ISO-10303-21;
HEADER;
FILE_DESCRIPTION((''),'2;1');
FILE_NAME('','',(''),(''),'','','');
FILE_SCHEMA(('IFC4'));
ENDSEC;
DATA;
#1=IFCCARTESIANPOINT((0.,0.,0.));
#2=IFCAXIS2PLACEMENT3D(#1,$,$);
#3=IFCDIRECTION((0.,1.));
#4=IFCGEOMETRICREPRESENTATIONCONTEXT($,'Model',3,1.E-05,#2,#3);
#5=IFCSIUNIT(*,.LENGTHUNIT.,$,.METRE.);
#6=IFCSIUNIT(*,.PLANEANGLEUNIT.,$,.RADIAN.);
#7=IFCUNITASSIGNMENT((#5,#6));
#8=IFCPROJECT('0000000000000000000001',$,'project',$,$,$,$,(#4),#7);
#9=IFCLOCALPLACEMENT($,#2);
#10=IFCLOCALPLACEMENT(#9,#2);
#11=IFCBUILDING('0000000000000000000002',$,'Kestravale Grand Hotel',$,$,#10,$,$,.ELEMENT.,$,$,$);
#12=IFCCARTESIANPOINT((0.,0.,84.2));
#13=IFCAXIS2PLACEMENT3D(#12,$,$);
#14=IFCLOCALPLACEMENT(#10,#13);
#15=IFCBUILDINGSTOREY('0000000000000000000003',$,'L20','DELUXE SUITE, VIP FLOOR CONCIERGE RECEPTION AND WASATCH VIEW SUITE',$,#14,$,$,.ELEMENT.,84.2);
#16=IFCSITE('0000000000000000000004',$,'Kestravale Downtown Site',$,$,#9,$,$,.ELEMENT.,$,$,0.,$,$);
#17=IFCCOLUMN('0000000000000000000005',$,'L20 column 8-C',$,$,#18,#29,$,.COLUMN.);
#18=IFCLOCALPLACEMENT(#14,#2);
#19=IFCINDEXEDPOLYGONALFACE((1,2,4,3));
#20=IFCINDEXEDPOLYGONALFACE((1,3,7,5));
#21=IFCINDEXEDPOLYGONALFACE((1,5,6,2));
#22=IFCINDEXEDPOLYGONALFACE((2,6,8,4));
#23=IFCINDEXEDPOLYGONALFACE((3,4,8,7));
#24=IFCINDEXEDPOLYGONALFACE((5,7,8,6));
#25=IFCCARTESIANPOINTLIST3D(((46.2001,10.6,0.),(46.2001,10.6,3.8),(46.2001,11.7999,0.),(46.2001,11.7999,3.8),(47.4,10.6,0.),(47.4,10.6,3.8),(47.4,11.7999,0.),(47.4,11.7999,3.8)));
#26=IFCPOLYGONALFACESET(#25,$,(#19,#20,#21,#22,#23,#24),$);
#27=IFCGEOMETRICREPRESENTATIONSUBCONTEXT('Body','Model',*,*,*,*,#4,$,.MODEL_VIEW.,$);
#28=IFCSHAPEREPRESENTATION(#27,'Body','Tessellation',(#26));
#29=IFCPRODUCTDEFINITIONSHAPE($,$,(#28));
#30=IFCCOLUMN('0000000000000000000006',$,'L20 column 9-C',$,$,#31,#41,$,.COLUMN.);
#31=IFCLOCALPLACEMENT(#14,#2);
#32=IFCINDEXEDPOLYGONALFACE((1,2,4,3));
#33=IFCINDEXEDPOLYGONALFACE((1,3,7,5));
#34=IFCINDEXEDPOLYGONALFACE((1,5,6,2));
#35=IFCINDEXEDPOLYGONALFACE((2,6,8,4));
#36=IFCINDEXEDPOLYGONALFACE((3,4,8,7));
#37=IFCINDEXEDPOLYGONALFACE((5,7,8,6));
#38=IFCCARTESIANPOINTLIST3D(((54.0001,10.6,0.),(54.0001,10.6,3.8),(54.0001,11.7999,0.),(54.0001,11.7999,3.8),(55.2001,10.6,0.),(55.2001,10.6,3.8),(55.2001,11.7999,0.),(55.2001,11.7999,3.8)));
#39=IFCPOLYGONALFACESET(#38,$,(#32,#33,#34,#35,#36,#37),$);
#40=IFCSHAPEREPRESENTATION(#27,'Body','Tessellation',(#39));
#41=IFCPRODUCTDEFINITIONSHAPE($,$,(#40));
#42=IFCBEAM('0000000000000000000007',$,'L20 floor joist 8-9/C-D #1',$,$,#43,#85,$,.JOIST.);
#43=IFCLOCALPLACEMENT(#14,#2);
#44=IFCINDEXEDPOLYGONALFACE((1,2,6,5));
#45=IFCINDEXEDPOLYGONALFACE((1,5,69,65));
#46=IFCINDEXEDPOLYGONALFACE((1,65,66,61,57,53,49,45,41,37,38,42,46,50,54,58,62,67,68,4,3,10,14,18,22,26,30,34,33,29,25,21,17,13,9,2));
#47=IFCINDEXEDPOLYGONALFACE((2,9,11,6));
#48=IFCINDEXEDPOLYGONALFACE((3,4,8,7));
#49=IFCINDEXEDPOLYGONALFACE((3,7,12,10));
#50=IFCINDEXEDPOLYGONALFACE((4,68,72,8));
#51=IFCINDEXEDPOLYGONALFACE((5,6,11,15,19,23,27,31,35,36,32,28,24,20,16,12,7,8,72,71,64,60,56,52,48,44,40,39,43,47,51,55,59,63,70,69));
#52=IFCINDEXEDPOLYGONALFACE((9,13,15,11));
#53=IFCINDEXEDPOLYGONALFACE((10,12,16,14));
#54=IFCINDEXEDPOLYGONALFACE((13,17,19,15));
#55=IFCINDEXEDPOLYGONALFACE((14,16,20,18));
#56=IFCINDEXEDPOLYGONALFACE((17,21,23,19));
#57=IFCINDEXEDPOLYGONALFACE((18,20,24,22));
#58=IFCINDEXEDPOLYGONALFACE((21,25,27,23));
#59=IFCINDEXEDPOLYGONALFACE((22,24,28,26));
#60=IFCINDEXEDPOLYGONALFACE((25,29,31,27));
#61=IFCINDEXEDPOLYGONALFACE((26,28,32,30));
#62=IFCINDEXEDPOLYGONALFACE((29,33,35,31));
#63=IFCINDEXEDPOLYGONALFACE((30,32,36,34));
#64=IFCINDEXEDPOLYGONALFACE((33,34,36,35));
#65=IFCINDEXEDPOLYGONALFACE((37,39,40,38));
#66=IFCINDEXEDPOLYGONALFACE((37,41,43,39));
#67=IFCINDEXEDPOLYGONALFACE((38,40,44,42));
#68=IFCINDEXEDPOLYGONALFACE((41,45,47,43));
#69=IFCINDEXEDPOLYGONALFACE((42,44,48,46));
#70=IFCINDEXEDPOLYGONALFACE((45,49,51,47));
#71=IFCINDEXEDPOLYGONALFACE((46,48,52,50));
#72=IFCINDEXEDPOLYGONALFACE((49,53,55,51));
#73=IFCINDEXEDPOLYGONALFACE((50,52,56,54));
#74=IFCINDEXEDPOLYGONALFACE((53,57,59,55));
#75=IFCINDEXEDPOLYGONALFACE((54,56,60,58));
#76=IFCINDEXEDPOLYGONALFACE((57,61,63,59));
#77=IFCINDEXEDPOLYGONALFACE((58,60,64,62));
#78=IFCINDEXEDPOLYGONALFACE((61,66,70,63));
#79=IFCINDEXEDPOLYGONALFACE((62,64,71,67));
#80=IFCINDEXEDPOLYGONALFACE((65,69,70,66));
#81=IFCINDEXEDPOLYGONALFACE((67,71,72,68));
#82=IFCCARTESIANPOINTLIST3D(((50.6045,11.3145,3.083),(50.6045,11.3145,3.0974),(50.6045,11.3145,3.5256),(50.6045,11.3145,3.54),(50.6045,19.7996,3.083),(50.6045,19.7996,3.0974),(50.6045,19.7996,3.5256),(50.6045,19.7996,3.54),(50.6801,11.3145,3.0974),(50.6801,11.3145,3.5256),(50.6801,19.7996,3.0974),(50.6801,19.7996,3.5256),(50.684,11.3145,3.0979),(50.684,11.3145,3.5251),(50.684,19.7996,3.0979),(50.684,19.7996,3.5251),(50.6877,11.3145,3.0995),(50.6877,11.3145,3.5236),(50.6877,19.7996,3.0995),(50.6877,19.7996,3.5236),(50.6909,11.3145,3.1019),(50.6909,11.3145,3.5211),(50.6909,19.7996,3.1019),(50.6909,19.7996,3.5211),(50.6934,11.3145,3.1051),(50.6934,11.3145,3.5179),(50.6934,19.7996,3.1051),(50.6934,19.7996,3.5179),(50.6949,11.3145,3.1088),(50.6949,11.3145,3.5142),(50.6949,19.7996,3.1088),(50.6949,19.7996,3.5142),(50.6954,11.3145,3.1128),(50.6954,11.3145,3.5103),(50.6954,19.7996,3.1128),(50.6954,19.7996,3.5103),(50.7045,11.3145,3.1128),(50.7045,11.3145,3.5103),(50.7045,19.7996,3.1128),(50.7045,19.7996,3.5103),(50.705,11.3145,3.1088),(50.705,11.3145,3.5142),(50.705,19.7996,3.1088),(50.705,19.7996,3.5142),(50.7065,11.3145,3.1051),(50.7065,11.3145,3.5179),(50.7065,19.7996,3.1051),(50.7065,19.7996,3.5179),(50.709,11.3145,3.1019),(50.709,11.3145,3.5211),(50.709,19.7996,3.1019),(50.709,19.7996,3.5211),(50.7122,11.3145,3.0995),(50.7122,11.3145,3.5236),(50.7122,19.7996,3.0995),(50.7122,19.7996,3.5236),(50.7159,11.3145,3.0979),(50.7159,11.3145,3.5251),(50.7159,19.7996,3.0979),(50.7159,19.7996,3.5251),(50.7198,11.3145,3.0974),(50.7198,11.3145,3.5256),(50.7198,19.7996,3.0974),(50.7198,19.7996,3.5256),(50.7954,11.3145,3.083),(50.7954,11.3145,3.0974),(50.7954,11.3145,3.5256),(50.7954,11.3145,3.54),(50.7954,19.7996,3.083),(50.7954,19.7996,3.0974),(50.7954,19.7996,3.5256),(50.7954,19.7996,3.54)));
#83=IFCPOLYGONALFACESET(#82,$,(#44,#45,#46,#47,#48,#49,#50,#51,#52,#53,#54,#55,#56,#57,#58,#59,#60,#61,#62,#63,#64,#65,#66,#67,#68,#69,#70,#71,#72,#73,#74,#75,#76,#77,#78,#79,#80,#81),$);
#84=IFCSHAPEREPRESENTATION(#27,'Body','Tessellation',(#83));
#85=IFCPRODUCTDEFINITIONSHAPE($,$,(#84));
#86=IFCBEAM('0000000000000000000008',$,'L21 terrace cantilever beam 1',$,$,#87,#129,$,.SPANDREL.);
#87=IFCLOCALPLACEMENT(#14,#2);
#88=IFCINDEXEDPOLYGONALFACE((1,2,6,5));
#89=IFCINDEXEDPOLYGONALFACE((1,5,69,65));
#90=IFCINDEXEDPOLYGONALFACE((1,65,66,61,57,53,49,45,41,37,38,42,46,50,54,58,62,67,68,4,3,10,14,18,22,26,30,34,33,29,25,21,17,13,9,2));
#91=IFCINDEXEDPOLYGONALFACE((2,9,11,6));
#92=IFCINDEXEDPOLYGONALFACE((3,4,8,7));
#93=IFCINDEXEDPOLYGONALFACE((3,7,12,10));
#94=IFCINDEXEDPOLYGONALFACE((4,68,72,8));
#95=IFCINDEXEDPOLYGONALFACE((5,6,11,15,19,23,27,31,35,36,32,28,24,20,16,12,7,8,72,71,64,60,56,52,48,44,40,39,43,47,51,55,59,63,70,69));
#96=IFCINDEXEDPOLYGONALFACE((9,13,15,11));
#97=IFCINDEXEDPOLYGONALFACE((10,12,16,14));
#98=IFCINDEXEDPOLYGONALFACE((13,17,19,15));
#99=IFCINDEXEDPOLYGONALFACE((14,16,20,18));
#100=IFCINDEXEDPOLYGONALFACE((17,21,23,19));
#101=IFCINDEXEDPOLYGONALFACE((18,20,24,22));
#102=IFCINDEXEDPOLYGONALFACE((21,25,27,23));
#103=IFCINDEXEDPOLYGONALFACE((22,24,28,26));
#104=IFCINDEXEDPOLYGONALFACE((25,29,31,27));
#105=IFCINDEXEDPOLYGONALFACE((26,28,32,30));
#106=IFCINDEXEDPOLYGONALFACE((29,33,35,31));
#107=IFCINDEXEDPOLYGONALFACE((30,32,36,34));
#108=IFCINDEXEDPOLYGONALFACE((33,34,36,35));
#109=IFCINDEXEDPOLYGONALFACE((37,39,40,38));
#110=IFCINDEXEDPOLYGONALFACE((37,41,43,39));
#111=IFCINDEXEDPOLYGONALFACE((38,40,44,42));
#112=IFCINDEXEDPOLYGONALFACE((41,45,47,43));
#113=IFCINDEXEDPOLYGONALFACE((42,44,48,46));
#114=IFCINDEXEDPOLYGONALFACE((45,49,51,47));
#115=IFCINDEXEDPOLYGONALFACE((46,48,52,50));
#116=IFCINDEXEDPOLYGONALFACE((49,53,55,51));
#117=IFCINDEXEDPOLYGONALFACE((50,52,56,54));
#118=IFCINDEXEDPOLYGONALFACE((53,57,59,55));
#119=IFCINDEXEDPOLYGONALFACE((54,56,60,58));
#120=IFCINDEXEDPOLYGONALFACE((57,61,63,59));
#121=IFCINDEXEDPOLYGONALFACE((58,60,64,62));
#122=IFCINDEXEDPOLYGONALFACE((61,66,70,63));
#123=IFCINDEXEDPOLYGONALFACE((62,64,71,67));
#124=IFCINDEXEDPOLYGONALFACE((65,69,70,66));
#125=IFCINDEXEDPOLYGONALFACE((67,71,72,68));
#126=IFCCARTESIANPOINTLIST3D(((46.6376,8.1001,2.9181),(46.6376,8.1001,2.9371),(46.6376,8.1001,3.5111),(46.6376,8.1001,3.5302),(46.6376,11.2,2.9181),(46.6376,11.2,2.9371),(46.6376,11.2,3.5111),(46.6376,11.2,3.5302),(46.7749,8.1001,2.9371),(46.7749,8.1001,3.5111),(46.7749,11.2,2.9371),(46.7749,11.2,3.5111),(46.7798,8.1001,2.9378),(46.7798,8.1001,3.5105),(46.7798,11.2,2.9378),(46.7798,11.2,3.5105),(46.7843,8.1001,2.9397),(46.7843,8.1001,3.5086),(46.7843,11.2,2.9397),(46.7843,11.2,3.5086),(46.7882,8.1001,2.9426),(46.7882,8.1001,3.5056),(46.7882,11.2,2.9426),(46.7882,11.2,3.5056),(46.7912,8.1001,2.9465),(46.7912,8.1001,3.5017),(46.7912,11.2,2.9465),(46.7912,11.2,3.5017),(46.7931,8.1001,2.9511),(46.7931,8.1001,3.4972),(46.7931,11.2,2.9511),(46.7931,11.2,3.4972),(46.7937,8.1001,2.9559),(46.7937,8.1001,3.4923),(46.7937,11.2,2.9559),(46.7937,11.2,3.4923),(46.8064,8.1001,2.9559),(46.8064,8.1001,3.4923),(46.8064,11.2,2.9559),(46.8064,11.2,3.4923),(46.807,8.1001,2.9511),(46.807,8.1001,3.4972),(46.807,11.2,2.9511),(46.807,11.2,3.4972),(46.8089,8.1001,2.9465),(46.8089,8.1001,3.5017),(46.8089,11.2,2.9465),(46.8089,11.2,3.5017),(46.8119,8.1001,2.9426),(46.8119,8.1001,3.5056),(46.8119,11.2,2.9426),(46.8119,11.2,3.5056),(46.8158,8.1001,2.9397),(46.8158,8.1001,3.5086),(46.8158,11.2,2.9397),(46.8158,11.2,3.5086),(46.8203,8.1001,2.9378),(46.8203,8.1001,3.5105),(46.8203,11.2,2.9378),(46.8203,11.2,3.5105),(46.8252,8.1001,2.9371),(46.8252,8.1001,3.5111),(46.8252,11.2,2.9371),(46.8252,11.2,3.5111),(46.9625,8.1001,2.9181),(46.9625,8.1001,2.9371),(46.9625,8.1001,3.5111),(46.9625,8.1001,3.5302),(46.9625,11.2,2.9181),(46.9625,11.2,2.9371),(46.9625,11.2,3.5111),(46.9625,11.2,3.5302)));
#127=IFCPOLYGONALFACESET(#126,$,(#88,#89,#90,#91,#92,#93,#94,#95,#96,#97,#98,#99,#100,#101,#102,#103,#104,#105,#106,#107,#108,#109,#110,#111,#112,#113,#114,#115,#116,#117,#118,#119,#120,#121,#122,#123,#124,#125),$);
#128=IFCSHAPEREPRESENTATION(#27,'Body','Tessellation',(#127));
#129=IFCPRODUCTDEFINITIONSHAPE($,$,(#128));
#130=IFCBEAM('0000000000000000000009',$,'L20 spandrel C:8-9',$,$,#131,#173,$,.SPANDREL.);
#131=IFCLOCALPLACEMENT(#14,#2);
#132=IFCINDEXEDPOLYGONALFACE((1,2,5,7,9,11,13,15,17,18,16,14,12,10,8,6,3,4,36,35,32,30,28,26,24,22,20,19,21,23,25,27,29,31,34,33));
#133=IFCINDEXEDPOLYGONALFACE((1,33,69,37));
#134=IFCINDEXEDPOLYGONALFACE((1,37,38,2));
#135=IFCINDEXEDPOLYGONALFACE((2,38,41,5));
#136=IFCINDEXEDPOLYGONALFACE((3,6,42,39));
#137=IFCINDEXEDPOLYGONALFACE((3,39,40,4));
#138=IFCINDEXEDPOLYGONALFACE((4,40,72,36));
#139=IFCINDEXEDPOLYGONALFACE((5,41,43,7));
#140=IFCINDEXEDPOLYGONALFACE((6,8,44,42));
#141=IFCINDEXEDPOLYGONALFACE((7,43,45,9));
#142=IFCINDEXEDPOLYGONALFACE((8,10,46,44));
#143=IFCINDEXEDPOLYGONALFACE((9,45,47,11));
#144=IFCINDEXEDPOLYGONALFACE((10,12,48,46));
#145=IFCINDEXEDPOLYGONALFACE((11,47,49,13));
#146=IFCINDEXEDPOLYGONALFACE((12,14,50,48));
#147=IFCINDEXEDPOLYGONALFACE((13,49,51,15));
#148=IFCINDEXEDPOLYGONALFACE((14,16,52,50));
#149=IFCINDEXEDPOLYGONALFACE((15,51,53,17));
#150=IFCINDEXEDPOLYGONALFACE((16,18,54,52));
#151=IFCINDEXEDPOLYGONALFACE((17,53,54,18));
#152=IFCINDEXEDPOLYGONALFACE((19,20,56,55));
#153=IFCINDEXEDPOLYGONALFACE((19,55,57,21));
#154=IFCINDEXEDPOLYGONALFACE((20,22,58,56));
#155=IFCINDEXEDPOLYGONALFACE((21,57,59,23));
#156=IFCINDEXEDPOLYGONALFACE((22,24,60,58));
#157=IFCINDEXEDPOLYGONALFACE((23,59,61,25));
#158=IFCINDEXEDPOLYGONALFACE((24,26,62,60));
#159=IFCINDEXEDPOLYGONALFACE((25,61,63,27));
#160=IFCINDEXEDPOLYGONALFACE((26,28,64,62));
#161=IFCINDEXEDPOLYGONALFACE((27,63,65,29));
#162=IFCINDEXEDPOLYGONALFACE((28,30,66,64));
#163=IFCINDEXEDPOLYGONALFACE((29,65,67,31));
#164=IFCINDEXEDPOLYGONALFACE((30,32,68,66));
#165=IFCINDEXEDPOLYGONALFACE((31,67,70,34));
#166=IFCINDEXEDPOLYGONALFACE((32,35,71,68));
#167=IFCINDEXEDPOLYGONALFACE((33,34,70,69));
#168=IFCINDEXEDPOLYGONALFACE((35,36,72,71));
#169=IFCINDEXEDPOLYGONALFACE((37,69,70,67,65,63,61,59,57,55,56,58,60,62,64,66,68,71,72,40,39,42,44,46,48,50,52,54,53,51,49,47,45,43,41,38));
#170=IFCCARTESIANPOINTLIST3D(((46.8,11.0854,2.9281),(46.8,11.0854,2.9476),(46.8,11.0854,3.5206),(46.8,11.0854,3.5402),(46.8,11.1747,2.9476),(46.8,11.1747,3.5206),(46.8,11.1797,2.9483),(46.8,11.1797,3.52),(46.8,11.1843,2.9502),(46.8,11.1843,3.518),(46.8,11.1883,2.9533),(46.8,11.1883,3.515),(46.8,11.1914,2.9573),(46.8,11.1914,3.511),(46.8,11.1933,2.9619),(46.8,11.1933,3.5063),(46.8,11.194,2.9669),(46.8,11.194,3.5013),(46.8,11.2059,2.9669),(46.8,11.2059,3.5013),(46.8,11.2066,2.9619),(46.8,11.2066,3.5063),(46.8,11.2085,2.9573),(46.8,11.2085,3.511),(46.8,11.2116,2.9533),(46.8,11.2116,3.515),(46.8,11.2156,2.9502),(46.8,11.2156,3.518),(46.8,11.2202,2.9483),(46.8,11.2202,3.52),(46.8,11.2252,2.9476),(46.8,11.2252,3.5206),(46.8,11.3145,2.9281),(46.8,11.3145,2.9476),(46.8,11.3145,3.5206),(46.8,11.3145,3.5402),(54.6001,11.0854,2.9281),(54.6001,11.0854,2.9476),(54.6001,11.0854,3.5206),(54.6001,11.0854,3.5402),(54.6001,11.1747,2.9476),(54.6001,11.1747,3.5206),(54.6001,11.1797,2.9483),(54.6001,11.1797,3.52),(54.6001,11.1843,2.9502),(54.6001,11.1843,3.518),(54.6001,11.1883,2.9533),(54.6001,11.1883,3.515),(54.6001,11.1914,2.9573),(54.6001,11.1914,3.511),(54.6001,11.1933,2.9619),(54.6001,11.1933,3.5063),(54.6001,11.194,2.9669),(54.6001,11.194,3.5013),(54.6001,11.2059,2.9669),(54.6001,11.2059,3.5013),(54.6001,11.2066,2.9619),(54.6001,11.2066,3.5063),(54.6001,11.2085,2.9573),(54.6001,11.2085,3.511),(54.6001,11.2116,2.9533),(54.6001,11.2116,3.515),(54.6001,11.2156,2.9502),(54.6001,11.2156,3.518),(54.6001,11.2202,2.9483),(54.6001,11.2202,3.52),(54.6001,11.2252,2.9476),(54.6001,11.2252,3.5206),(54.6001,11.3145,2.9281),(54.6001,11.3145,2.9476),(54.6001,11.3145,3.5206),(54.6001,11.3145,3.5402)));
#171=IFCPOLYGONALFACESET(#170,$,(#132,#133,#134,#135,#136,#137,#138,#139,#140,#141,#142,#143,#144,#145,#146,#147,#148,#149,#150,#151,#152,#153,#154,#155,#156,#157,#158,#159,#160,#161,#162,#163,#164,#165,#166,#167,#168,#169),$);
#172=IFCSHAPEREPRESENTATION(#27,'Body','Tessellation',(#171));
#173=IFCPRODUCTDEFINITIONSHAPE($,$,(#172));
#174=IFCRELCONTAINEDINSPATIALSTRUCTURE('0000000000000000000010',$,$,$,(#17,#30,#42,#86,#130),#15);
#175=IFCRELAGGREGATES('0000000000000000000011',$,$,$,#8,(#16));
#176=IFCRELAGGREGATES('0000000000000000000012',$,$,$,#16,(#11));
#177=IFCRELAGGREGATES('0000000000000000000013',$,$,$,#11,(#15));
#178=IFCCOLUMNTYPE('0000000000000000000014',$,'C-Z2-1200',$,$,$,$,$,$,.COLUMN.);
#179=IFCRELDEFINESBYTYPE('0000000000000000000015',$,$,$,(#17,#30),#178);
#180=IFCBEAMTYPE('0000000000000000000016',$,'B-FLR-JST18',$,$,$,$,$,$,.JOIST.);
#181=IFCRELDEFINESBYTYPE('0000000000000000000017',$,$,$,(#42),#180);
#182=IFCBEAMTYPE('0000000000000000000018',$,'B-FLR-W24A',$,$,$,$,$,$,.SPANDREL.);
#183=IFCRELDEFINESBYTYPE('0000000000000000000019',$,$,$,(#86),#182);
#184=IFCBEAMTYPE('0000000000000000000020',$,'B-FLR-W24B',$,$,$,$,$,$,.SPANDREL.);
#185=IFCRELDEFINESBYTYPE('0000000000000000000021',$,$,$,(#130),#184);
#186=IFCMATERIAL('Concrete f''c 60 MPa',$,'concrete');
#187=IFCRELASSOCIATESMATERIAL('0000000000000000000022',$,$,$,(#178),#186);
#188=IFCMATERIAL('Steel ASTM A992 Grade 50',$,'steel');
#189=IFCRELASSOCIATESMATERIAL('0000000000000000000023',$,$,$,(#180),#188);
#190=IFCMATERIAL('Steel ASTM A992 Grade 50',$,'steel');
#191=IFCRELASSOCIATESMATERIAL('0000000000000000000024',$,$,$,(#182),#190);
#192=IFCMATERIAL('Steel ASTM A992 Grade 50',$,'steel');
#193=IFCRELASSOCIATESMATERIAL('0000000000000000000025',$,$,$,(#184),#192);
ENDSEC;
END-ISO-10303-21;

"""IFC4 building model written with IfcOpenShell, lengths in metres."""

from ifc_helpers import new_model, si_unit, direction, frame, origin, origin_2d, place, context, subcontext, project, spatial, rectangle, i_section, extrude, material, material_profile, profile_set, type_object, element, save


model = new_model("IFC4")

# Units and contexts
model_context = context("Model", 3, precision=1e-05, world=origin(), true_north=direction((0.0, 1.0)))
body_context = subcontext(model_context, "Body", "Model", "MODEL_VIEW")
ifc_project = project(units=[si_unit("LENGTHUNIT", "METRE"), si_unit("PLANEANGLEUNIT", "RADIAN")], contexts=[model_context])

# Site, building, storey
site_placement = place(None, origin())
site = spatial("IfcSite", under=ifc_project, at=site_placement, Name="Kestravale Downtown Site", CompositionType="ELEMENT", RefElevation=0.0)
building_placement = place(site_placement, origin())
building = spatial("IfcBuilding", under=site, at=building_placement, Name="Kestravale Grand Hotel", CompositionType="ELEMENT")
storey_placement = place(building_placement, frame((0.0, 0.0, 84.2)))
storey = spatial("IfcBuildingStorey", under=building, at=storey_placement, Name="L20", Description="DELUXE SUITE, VIP FLOOR CONCIERGE RECEPTION AND WASATCH VIEW SUITE", CompositionType="ELEMENT", Elevation=84.2)

# Columns
ifc_material_1 = material(Name="Concrete f'c 60 MPa", Category="concrete")
ifc_material_profile_1 = material_profile(ifc_material_1, rectangle(XDim=1.2, YDim=1.2, at=origin_2d()))
ifc_profile_set_1 = profile_set([ifc_material_profile_1], Name="Concrete f'c 60 MPa")
column_type = type_object("IfcColumnType", Name="C-Z2-1200", PredefinedType="COLUMN", material=ifc_profile_set_1)
for number, where, z_axis, x_axis, name in (
    (1, (46.8, 11.2, 0.0), (0.0, 0.0, 1.0), (1.0, 0.0, 0.0), "L20 column 8-C"),
    (2, (54.6001, 11.2, 0.0), (0.0, 0.0, 1.0), (1.0, 0.0, 0.0), "L20 column 9-C"),
):
    element("IfcColumn", number, at=place(storey_placement, frame(where, z_axis=z_axis, x_axis=x_axis)), inside=storey, type_object=column_type, Name=name, PredefinedType="COLUMN", context=body_context, shape_type="SweptSolid", body=[
        extrude(rectangle(XDim=1.2, YDim=1.2, at=origin_2d()), origin(), (0.0, 0.0, 1.0), 3.8),
    ])

# Beams
ifc_material_2 = material(Name="Steel ASTM A992 Grade 50", Category="steel")
ifc_material_profile_2 = material_profile(ifc_material_2, i_section(OverallWidth=0.1909, OverallDepth=0.457, WebThickness=0.009, FlangeThickness=0.0144, FilletRadius=0.0154, at=origin_2d()))
ifc_profile_set_2 = profile_set([ifc_material_profile_2], Name="Steel ASTM A992 Grade 50")
beam_type_1 = type_object("IfcBeamType", Name="B-FLR-JST18", PredefinedType="JOIST", material=ifc_profile_set_2)
beam_1_placement = place(storey_placement, frame((50.7, 11.3145, 3.3115), z_axis=(0.0, 1.0, 0.0), x_axis=(-1.0, 0.0, 0.0)))
element("IfcBeam", 3, at=beam_1_placement, inside=storey, type_object=beam_type_1, Name="L20 floor joist 8-9/C-D #1", PredefinedType="JOIST", context=body_context, shape_type="SweptSolid", body=[
    extrude(i_section(OverallWidth=0.1909, OverallDepth=0.457, WebThickness=0.009, FlangeThickness=0.0144, FilletRadius=0.0154, at=origin_2d()), origin(), (0.0, 0.0, 1.0), 8.4851),
])
ifc_material_3 = material(Name="Steel ASTM A992 Grade 50", Category="steel")
ifc_material_profile_3 = material_profile(ifc_material_3, i_section(OverallWidth=0.325, OverallDepth=0.6121, WebThickness=0.0127, FlangeThickness=0.019, FilletRadius=0.0188, at=origin_2d()))
ifc_profile_set_3 = profile_set([ifc_material_profile_3], Name="Steel ASTM A992 Grade 50")
beam_type_2 = type_object("IfcBeamType", Name="B-FLR-W24A", PredefinedType="SPANDREL", material=ifc_profile_set_3)
beam_2_placement = place(storey_placement, frame((46.8, 11.2, 3.2241), z_axis=(0.0, -1.0, 0.0), x_axis=(1.0, 0.0, 0.0)))
element("IfcBeam", 4, at=beam_2_placement, inside=storey, type_object=beam_type_2, Name="L21 terrace cantilever beam 1", PredefinedType="SPANDREL", context=body_context, shape_type="SweptSolid", body=[
    extrude(i_section(OverallWidth=0.325, OverallDepth=0.6121, WebThickness=0.0127, FlangeThickness=0.019, FilletRadius=0.0188, at=origin_2d()), origin(), (0.0, 0.0, 1.0), 3.0999),
])
ifc_material_4 = material(Name="Steel ASTM A992 Grade 50", Category="steel")
ifc_material_profile_4 = material_profile(ifc_material_4, i_section(OverallWidth=0.229, OverallDepth=0.6121, WebThickness=0.012, FlangeThickness=0.0195, FilletRadius=0.0193, at=origin_2d()))
ifc_profile_set_4 = profile_set([ifc_material_profile_4], Name="Steel ASTM A992 Grade 50")
beam_type_3 = type_object("IfcBeamType", Name="B-FLR-W24B", PredefinedType="SPANDREL", material=ifc_profile_set_4)
beam_3_placement = place(storey_placement, frame((46.8, 11.2, 3.2341), z_axis=(1.0, 0.0, 0.0), x_axis=(0.0, 1.0, 0.0)))
element("IfcBeam", 5, at=beam_3_placement, inside=storey, type_object=beam_type_3, Name="L20 spandrel C:8-9", PredefinedType="SPANDREL", context=body_context, shape_type="SweptSolid", body=[
    extrude(i_section(OverallWidth=0.229, OverallDepth=0.6121, WebThickness=0.012, FlangeThickness=0.0195, FilletRadius=0.0193, at=origin_2d()), origin(), (0.0, 0.0, 1.0), 7.8),
])

save(model, "model.ifc")
